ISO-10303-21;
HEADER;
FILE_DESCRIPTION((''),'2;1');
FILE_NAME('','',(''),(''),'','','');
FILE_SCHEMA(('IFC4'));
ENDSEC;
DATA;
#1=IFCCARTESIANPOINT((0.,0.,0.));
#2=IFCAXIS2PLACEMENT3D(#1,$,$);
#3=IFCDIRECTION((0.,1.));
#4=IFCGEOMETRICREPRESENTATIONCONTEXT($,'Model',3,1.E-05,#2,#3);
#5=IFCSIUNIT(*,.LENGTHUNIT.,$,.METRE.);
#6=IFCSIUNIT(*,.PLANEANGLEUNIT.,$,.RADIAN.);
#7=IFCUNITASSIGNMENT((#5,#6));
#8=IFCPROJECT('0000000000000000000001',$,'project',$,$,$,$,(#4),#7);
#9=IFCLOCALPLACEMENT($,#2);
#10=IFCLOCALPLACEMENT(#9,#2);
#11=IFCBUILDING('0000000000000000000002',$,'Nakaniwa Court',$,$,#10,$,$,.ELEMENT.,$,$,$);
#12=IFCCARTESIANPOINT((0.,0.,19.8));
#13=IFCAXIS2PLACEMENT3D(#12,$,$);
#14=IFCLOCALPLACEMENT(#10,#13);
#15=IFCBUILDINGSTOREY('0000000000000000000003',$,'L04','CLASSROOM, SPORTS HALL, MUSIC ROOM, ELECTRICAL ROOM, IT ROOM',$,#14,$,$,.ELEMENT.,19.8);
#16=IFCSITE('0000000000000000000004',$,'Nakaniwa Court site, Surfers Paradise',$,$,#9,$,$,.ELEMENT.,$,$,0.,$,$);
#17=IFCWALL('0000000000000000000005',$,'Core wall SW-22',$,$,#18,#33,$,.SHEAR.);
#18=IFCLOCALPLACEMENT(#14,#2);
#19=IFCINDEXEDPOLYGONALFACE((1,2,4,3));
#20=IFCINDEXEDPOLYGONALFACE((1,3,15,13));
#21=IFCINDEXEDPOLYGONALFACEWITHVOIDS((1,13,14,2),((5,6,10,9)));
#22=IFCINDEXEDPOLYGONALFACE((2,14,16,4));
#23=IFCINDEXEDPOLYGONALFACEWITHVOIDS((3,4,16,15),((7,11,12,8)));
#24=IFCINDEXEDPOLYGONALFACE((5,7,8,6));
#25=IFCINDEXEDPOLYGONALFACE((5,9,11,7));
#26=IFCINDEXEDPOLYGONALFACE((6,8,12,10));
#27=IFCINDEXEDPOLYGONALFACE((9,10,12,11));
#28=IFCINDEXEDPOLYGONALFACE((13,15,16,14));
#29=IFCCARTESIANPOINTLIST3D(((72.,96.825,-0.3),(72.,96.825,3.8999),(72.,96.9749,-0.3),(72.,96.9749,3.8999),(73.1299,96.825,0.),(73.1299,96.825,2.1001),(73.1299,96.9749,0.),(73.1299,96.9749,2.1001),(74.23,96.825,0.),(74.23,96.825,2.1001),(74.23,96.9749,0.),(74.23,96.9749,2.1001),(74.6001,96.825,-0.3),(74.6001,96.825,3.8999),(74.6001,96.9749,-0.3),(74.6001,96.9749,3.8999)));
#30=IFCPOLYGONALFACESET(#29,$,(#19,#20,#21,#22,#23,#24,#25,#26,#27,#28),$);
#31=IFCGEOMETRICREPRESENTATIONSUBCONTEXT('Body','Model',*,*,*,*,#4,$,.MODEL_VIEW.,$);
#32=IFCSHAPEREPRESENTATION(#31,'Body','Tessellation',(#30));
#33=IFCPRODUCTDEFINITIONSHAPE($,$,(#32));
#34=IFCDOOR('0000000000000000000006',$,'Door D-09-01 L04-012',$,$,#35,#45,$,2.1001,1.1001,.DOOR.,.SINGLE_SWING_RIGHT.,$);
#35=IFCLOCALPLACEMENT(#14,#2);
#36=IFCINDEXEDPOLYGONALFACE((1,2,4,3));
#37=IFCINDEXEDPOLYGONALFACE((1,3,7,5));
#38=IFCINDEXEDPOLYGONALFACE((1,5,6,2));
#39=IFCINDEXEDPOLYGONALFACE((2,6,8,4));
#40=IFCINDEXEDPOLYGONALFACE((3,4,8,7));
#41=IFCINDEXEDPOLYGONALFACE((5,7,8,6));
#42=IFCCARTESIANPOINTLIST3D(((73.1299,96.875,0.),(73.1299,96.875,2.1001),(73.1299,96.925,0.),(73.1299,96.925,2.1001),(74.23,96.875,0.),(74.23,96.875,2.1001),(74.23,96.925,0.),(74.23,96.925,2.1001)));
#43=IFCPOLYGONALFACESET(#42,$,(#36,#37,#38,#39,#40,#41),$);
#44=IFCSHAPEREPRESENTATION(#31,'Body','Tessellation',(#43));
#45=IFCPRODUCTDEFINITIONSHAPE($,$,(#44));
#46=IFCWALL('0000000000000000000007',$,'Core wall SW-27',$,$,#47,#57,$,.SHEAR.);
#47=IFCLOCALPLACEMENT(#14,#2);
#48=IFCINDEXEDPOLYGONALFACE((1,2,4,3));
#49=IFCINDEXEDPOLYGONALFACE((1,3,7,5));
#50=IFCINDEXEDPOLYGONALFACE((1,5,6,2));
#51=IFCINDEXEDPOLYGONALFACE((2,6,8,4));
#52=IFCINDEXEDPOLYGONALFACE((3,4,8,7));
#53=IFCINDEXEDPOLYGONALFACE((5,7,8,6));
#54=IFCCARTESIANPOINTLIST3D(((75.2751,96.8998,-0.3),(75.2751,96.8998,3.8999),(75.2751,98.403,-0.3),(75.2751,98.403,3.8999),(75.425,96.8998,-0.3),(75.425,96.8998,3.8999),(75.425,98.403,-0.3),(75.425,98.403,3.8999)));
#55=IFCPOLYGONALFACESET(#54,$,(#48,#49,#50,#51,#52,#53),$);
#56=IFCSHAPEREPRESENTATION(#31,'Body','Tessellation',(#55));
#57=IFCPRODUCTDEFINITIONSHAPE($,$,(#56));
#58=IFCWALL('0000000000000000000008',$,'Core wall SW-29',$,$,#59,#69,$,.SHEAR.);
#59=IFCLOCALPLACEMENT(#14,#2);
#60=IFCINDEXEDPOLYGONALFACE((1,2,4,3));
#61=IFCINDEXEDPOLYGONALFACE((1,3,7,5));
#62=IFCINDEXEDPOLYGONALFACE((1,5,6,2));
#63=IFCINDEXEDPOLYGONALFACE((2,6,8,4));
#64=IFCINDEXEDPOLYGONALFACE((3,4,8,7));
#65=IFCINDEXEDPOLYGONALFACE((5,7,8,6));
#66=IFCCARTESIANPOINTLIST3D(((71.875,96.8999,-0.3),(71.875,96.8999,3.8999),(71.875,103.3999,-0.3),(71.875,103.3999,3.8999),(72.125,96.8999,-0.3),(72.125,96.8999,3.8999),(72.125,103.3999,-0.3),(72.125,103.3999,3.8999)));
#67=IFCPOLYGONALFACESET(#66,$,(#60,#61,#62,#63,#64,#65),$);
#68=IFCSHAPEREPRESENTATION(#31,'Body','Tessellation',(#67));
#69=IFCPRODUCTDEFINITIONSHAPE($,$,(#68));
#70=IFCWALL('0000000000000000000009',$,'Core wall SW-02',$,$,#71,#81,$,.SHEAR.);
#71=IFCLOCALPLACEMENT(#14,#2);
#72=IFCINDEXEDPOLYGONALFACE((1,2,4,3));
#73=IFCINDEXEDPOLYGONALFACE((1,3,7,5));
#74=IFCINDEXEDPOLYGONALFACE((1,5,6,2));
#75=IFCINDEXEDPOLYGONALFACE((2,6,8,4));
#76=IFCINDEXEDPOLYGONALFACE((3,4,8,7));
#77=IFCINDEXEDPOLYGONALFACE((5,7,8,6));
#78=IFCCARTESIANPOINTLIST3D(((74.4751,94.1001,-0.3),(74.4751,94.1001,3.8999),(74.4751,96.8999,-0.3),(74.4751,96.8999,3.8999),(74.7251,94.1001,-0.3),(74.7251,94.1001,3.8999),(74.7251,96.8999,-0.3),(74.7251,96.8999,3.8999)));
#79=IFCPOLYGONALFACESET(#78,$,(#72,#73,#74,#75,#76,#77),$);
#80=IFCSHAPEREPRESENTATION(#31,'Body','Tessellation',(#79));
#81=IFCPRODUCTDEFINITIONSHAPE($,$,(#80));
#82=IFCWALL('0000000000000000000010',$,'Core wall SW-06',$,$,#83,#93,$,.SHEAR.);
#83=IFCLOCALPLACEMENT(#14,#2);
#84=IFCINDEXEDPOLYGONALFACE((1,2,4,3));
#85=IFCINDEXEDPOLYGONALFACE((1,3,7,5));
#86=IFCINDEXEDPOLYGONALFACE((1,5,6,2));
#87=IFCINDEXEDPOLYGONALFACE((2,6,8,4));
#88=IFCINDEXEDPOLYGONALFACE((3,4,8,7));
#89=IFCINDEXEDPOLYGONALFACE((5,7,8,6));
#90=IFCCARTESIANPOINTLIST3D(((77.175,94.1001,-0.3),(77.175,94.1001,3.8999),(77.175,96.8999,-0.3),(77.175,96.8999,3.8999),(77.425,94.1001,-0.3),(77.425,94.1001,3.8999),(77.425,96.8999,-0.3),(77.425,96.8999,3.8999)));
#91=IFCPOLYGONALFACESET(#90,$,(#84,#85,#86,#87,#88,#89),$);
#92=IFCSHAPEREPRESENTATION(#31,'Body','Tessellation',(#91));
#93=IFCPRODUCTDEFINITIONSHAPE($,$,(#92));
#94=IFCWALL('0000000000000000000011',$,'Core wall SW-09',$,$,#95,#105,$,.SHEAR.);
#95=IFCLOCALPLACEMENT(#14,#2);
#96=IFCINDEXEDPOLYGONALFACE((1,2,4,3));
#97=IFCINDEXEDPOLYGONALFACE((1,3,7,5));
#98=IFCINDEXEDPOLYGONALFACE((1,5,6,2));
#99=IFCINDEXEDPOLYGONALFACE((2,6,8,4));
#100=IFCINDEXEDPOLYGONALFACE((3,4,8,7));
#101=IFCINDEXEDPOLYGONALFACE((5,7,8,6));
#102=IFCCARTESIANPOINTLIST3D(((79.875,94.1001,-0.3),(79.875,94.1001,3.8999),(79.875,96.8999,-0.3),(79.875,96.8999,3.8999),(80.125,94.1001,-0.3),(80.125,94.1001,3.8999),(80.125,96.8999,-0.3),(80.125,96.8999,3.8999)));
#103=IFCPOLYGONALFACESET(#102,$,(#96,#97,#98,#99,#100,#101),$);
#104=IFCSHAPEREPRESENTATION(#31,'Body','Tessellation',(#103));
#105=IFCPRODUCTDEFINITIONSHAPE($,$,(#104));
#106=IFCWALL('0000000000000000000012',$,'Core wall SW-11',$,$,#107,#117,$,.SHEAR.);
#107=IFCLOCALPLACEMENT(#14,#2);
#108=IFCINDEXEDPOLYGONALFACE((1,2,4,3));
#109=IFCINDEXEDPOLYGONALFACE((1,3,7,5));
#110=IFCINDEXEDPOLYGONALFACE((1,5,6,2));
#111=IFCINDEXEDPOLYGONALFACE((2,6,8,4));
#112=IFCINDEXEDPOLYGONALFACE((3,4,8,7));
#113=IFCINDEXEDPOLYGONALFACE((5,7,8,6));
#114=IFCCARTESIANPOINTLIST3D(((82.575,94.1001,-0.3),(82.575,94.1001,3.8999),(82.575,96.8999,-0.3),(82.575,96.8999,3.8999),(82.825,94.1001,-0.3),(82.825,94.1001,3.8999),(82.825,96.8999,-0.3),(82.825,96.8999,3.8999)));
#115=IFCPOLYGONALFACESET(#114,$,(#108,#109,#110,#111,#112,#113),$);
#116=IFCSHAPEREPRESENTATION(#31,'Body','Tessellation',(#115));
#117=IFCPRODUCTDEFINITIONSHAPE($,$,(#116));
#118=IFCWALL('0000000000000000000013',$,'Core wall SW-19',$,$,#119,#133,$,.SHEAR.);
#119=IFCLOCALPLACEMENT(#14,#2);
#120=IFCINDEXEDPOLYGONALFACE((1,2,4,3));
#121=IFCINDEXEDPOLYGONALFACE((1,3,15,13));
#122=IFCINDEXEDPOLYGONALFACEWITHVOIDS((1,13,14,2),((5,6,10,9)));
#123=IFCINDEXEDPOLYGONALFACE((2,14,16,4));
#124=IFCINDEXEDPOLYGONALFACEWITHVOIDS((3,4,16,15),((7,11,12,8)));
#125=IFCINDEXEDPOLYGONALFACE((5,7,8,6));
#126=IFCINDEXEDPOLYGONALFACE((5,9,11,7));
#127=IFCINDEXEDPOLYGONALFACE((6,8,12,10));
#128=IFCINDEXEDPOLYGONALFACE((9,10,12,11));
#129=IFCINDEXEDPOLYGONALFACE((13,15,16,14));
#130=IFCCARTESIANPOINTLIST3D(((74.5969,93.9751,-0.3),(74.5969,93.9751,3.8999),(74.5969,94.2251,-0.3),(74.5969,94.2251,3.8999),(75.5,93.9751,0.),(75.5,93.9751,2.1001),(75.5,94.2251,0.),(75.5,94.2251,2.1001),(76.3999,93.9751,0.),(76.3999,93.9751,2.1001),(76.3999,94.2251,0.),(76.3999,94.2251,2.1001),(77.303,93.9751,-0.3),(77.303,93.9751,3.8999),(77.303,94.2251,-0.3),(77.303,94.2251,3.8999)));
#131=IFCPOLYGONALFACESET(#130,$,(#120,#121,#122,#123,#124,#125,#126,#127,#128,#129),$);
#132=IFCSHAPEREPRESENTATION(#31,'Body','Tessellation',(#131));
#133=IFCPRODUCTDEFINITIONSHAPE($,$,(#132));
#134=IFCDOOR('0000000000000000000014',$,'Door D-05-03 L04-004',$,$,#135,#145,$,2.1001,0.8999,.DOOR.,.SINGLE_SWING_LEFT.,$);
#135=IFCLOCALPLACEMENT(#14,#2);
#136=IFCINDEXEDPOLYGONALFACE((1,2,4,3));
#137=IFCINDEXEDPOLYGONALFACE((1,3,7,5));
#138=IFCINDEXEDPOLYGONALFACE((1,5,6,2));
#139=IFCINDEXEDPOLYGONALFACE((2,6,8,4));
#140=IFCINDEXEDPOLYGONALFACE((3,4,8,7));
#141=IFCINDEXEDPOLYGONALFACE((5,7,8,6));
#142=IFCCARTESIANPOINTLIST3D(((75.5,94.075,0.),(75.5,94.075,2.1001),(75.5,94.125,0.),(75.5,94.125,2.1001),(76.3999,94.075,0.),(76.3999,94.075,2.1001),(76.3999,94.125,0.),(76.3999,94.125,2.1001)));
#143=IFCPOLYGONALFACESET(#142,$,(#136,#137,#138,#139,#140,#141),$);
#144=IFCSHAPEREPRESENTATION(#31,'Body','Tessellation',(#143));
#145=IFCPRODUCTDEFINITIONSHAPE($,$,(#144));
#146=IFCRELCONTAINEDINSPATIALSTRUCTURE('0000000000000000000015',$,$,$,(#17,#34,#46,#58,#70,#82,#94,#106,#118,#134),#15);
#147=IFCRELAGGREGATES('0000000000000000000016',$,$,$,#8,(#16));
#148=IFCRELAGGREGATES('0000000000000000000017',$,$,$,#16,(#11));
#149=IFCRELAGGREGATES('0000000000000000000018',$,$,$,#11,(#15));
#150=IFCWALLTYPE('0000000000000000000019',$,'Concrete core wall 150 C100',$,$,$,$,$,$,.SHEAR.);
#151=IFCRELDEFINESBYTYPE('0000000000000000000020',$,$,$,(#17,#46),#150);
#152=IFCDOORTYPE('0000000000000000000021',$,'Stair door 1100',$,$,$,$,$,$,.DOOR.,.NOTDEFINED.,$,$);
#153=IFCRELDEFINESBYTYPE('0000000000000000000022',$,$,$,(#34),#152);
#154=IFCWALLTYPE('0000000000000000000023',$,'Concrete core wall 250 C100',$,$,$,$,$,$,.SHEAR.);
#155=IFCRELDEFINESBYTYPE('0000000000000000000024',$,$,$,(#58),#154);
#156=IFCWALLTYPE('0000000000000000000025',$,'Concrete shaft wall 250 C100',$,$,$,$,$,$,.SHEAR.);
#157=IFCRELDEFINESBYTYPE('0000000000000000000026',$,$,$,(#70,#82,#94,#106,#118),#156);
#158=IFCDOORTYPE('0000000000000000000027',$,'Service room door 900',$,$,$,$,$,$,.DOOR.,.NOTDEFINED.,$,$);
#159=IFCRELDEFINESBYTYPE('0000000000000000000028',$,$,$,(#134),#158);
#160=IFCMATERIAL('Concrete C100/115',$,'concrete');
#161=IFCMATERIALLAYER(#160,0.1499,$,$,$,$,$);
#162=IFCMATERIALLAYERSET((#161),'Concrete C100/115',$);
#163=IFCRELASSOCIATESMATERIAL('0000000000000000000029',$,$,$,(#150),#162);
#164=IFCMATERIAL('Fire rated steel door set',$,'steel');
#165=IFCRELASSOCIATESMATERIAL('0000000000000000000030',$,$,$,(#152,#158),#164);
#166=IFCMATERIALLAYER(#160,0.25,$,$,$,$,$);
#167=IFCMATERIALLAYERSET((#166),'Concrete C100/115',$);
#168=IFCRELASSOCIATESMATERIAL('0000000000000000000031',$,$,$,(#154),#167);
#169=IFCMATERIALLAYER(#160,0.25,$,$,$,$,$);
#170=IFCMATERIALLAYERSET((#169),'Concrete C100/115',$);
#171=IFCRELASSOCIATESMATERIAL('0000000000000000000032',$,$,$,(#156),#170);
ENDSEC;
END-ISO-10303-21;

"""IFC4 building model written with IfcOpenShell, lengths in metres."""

from ifc_helpers import new_model, si_unit, direction, frame, frame_2d, origin, place, context, subcontext, project, spatial, rectangle, extrude, material, layer, layer_set, type_object, element, fill, save


model = new_model("IFC4")

# Units and contexts
model_context = context("Model", 3, precision=1e-05, world=origin(), true_north=direction((0.0, 1.0)))
body_context = subcontext(model_context, "Body", "Model", "MODEL_VIEW")
ifc_project = project(units=[si_unit("LENGTHUNIT", "METRE"), si_unit("PLANEANGLEUNIT", "RADIAN")], contexts=[model_context])

# Site, building, storey
site_placement = place(None, origin())
site = spatial("IfcSite", under=ifc_project, at=site_placement, Name="Nakaniwa Court site, Surfers Paradise", CompositionType="ELEMENT", RefElevation=0.0)
building_placement = place(site_placement, origin())
building = spatial("IfcBuilding", under=site, at=building_placement, Name="Nakaniwa Court", CompositionType="ELEMENT")
storey_placement = place(building_placement, frame((0.0, 0.0, 19.8)))
storey = spatial("IfcBuildingStorey", under=building, at=storey_placement, Name="L04", Description="CLASSROOM, SPORTS HALL, MUSIC ROOM, ELECTRICAL ROOM, IT ROOM", CompositionType="ELEMENT", Elevation=19.8)

# Shared definitions
ifc_material_1 = material(Name="Concrete C100/115", Category="concrete")

# Shared definitions
ifc_material_2 = material(Name="Fire rated steel door set", Category="steel")

# Wall, opening, door
ifc_layer_1 = layer(ifc_material_1, 0.1499)
ifc_layer_set_1 = layer_set([ifc_layer_1], Name="Concrete C100/115")
wall_type_1 = type_object("IfcWallType", Name="Concrete core wall 150 C100", PredefinedType="SHEAR", material=ifc_layer_set_1)
wall_1_placement = place(storey_placement, frame((74.6001, 96.8999, -0.3), z_axis=(0.0, 0.0, 1.0), x_axis=(-1.0, 0.0, 0.0)))
wall_1 = element("IfcWall", 1, at=wall_1_placement, inside=storey, type_object=wall_type_1, Name="Core wall SW-22", PredefinedType="SHEAR", context=body_context, shape_type="SweptSolid", body=[
    extrude(rectangle(XDim=2.6001, YDim=0.1499, at=frame_2d((1.3, 0.0))), origin(), (0.0, 0.0, 1.0), 4.2),
])
opening_1_placement = place(wall_1_placement, frame((0.3701, 0.0, 0.3)))
opening_1 = element("IfcOpeningElement", 2, at=opening_1_placement, cuts=wall_1, PredefinedType="OPENING", context=body_context, shape_type="SweptSolid", body=[
    extrude(rectangle(XDim=1.1001, YDim=2.1001, at=frame_2d((0.55, 1.05))), frame((0.0, 0.085, 0.0), z_axis=(0.0, -1.0, 0.0), x_axis=(1.0, 0.0, 0.0)), (0.0, 0.0, 1.0), 0.1699),
])
door_type_1 = type_object("IfcDoorType", Name="Stair door 1100", OperationType="NOTDEFINED", PredefinedType="DOOR", material=ifc_material_2)
door_1_placement = place(opening_1_placement, origin())
door_1 = element("IfcDoor", 3, at=door_1_placement, inside=storey, type_object=door_type_1, Name="Door D-09-01 L04-012", OperationType="SINGLE_SWING_RIGHT", OverallHeight=2.1001, OverallWidth=1.1001, PredefinedType="DOOR", context=body_context, shape_type="SweptSolid", body=[
    extrude(rectangle(XDim=1.1001, YDim=2.1001, at=frame_2d((0.55, 1.05))), frame((0.0, 0.0249, 0.0), z_axis=(0.0, -1.0, 0.0), x_axis=(1.0, 0.0, 0.0)), (0.0, 0.0, 1.0), 0.05),
])
fill(opening_1, door_1)

# Walls
wall_2_placement = place(storey_placement, frame((75.3501, 96.8999, -0.3), z_axis=(0.0, 0.0, 1.0), x_axis=(0.0, 1.0, 0.0)))
element("IfcWall", 4, at=wall_2_placement, inside=storey, type_object=wall_type_1, Name="Core wall SW-27", PredefinedType="SHEAR", context=body_context, shape_type="SweptSolid", body=[
    extrude(rectangle(XDim=1.5032, YDim=0.1499, at=frame_2d((0.7515, 0.0))), origin(), (0.0, 0.0, 1.0), 4.2),
])
ifc_layer_2 = layer(ifc_material_1, 0.25)
ifc_layer_set_2 = layer_set([ifc_layer_2], Name="Concrete C100/115")
wall_type_2 = type_object("IfcWallType", Name="Concrete core wall 250 C100", PredefinedType="SHEAR", material=ifc_layer_set_2)
wall_3_placement = place(storey_placement, frame((72.0, 96.8999, -0.3), z_axis=(0.0, 0.0, 1.0), x_axis=(0.0, 1.0, 0.0)))
element("IfcWall", 5, at=wall_3_placement, inside=storey, type_object=wall_type_2, Name="Core wall SW-29", PredefinedType="SHEAR", context=body_context, shape_type="SweptSolid", body=[
    extrude(rectangle(XDim=6.5, YDim=0.25, at=frame_2d((3.25, 0.0))), origin(), (0.0, 0.0, 1.0), 4.2),
])
ifc_layer_3 = layer(ifc_material_1, 0.25)
ifc_layer_set_3 = layer_set([ifc_layer_3], Name="Concrete C100/115")
wall_type_3 = type_object("IfcWallType", Name="Concrete shaft wall 250 C100", PredefinedType="SHEAR", material=ifc_layer_set_3)
for number, where, z_axis, x_axis, name in (
    (6, (74.6001, 94.1001, -0.3), (0.0, 0.0, 1.0), (0.0, 1.0, 0.0), "Core wall SW-02"),
    (7, (77.3, 94.1001, -0.3), (0.0, 0.0, 1.0), (0.0, 1.0, 0.0), "Core wall SW-06"),
    (8, (80.0, 94.1001, -0.3), (0.0, 0.0, 1.0), (0.0, 1.0, 0.0), "Core wall SW-09"),
    (9, (82.7, 94.1001, -0.3), (0.0, 0.0, 1.0), (0.0, 1.0, 0.0), "Core wall SW-11"),
):
    element("IfcWall", number, at=place(storey_placement, frame(where, z_axis=z_axis, x_axis=x_axis)), inside=storey, type_object=wall_type_3, Name=name, PredefinedType="SHEAR", context=body_context, shape_type="SweptSolid", body=[
        extrude(rectangle(XDim=2.7998, YDim=0.25, at=frame_2d((1.3999, 0.0))), origin(), (0.0, 0.0, 1.0), 4.2),
    ])

# Wall, opening, door
wall_4_placement = place(storey_placement, frame((74.5969, 94.1001, -0.3), z_axis=(0.0, 0.0, 1.0), x_axis=(1.0, 0.0, 0.0)))
wall_4 = element("IfcWall", 10, at=wall_4_placement, inside=storey, type_object=wall_type_3, Name="Core wall SW-19", PredefinedType="SHEAR", context=body_context, shape_type="SweptSolid", body=[
    extrude(rectangle(XDim=2.7061, YDim=0.25, at=frame_2d((1.353, 0.0))), origin(), (0.0, 0.0, 1.0), 4.2),
])
opening_2_placement = place(wall_4_placement, frame((0.9031, 0.0, 0.3)))
opening_2 = element("IfcOpeningElement", 11, at=opening_2_placement, cuts=wall_4, PredefinedType="OPENING", context=body_context, shape_type="SweptSolid", body=[
    extrude(rectangle(XDim=0.8999, YDim=2.1001, at=frame_2d((0.45, 1.05))), frame((0.0, 0.135, 0.0), z_axis=(0.0, -1.0, 0.0), x_axis=(1.0, 0.0, 0.0)), (0.0, 0.0, 1.0), 0.27),
])
door_type_2 = type_object("IfcDoorType", Name="Service room door 900", OperationType="NOTDEFINED", PredefinedType="DOOR", material=ifc_material_2)
door_2_placement = place(opening_2_placement, origin())
door_2 = element("IfcDoor", 12, at=door_2_placement, inside=storey, type_object=door_type_2, Name="Door D-05-03 L04-004", OperationType="SINGLE_SWING_LEFT", OverallHeight=2.1001, OverallWidth=0.8999, PredefinedType="DOOR", context=body_context, shape_type="SweptSolid", body=[
    extrude(rectangle(XDim=0.8999, YDim=2.1001, at=frame_2d((0.45, 1.05))), frame((0.0, 0.0249, 0.0), z_axis=(0.0, -1.0, 0.0), x_axis=(1.0, 0.0, 0.0)), (0.0, 0.0, 1.0), 0.05),
])
fill(opening_2, door_2)

save(model, "model.ifc")
